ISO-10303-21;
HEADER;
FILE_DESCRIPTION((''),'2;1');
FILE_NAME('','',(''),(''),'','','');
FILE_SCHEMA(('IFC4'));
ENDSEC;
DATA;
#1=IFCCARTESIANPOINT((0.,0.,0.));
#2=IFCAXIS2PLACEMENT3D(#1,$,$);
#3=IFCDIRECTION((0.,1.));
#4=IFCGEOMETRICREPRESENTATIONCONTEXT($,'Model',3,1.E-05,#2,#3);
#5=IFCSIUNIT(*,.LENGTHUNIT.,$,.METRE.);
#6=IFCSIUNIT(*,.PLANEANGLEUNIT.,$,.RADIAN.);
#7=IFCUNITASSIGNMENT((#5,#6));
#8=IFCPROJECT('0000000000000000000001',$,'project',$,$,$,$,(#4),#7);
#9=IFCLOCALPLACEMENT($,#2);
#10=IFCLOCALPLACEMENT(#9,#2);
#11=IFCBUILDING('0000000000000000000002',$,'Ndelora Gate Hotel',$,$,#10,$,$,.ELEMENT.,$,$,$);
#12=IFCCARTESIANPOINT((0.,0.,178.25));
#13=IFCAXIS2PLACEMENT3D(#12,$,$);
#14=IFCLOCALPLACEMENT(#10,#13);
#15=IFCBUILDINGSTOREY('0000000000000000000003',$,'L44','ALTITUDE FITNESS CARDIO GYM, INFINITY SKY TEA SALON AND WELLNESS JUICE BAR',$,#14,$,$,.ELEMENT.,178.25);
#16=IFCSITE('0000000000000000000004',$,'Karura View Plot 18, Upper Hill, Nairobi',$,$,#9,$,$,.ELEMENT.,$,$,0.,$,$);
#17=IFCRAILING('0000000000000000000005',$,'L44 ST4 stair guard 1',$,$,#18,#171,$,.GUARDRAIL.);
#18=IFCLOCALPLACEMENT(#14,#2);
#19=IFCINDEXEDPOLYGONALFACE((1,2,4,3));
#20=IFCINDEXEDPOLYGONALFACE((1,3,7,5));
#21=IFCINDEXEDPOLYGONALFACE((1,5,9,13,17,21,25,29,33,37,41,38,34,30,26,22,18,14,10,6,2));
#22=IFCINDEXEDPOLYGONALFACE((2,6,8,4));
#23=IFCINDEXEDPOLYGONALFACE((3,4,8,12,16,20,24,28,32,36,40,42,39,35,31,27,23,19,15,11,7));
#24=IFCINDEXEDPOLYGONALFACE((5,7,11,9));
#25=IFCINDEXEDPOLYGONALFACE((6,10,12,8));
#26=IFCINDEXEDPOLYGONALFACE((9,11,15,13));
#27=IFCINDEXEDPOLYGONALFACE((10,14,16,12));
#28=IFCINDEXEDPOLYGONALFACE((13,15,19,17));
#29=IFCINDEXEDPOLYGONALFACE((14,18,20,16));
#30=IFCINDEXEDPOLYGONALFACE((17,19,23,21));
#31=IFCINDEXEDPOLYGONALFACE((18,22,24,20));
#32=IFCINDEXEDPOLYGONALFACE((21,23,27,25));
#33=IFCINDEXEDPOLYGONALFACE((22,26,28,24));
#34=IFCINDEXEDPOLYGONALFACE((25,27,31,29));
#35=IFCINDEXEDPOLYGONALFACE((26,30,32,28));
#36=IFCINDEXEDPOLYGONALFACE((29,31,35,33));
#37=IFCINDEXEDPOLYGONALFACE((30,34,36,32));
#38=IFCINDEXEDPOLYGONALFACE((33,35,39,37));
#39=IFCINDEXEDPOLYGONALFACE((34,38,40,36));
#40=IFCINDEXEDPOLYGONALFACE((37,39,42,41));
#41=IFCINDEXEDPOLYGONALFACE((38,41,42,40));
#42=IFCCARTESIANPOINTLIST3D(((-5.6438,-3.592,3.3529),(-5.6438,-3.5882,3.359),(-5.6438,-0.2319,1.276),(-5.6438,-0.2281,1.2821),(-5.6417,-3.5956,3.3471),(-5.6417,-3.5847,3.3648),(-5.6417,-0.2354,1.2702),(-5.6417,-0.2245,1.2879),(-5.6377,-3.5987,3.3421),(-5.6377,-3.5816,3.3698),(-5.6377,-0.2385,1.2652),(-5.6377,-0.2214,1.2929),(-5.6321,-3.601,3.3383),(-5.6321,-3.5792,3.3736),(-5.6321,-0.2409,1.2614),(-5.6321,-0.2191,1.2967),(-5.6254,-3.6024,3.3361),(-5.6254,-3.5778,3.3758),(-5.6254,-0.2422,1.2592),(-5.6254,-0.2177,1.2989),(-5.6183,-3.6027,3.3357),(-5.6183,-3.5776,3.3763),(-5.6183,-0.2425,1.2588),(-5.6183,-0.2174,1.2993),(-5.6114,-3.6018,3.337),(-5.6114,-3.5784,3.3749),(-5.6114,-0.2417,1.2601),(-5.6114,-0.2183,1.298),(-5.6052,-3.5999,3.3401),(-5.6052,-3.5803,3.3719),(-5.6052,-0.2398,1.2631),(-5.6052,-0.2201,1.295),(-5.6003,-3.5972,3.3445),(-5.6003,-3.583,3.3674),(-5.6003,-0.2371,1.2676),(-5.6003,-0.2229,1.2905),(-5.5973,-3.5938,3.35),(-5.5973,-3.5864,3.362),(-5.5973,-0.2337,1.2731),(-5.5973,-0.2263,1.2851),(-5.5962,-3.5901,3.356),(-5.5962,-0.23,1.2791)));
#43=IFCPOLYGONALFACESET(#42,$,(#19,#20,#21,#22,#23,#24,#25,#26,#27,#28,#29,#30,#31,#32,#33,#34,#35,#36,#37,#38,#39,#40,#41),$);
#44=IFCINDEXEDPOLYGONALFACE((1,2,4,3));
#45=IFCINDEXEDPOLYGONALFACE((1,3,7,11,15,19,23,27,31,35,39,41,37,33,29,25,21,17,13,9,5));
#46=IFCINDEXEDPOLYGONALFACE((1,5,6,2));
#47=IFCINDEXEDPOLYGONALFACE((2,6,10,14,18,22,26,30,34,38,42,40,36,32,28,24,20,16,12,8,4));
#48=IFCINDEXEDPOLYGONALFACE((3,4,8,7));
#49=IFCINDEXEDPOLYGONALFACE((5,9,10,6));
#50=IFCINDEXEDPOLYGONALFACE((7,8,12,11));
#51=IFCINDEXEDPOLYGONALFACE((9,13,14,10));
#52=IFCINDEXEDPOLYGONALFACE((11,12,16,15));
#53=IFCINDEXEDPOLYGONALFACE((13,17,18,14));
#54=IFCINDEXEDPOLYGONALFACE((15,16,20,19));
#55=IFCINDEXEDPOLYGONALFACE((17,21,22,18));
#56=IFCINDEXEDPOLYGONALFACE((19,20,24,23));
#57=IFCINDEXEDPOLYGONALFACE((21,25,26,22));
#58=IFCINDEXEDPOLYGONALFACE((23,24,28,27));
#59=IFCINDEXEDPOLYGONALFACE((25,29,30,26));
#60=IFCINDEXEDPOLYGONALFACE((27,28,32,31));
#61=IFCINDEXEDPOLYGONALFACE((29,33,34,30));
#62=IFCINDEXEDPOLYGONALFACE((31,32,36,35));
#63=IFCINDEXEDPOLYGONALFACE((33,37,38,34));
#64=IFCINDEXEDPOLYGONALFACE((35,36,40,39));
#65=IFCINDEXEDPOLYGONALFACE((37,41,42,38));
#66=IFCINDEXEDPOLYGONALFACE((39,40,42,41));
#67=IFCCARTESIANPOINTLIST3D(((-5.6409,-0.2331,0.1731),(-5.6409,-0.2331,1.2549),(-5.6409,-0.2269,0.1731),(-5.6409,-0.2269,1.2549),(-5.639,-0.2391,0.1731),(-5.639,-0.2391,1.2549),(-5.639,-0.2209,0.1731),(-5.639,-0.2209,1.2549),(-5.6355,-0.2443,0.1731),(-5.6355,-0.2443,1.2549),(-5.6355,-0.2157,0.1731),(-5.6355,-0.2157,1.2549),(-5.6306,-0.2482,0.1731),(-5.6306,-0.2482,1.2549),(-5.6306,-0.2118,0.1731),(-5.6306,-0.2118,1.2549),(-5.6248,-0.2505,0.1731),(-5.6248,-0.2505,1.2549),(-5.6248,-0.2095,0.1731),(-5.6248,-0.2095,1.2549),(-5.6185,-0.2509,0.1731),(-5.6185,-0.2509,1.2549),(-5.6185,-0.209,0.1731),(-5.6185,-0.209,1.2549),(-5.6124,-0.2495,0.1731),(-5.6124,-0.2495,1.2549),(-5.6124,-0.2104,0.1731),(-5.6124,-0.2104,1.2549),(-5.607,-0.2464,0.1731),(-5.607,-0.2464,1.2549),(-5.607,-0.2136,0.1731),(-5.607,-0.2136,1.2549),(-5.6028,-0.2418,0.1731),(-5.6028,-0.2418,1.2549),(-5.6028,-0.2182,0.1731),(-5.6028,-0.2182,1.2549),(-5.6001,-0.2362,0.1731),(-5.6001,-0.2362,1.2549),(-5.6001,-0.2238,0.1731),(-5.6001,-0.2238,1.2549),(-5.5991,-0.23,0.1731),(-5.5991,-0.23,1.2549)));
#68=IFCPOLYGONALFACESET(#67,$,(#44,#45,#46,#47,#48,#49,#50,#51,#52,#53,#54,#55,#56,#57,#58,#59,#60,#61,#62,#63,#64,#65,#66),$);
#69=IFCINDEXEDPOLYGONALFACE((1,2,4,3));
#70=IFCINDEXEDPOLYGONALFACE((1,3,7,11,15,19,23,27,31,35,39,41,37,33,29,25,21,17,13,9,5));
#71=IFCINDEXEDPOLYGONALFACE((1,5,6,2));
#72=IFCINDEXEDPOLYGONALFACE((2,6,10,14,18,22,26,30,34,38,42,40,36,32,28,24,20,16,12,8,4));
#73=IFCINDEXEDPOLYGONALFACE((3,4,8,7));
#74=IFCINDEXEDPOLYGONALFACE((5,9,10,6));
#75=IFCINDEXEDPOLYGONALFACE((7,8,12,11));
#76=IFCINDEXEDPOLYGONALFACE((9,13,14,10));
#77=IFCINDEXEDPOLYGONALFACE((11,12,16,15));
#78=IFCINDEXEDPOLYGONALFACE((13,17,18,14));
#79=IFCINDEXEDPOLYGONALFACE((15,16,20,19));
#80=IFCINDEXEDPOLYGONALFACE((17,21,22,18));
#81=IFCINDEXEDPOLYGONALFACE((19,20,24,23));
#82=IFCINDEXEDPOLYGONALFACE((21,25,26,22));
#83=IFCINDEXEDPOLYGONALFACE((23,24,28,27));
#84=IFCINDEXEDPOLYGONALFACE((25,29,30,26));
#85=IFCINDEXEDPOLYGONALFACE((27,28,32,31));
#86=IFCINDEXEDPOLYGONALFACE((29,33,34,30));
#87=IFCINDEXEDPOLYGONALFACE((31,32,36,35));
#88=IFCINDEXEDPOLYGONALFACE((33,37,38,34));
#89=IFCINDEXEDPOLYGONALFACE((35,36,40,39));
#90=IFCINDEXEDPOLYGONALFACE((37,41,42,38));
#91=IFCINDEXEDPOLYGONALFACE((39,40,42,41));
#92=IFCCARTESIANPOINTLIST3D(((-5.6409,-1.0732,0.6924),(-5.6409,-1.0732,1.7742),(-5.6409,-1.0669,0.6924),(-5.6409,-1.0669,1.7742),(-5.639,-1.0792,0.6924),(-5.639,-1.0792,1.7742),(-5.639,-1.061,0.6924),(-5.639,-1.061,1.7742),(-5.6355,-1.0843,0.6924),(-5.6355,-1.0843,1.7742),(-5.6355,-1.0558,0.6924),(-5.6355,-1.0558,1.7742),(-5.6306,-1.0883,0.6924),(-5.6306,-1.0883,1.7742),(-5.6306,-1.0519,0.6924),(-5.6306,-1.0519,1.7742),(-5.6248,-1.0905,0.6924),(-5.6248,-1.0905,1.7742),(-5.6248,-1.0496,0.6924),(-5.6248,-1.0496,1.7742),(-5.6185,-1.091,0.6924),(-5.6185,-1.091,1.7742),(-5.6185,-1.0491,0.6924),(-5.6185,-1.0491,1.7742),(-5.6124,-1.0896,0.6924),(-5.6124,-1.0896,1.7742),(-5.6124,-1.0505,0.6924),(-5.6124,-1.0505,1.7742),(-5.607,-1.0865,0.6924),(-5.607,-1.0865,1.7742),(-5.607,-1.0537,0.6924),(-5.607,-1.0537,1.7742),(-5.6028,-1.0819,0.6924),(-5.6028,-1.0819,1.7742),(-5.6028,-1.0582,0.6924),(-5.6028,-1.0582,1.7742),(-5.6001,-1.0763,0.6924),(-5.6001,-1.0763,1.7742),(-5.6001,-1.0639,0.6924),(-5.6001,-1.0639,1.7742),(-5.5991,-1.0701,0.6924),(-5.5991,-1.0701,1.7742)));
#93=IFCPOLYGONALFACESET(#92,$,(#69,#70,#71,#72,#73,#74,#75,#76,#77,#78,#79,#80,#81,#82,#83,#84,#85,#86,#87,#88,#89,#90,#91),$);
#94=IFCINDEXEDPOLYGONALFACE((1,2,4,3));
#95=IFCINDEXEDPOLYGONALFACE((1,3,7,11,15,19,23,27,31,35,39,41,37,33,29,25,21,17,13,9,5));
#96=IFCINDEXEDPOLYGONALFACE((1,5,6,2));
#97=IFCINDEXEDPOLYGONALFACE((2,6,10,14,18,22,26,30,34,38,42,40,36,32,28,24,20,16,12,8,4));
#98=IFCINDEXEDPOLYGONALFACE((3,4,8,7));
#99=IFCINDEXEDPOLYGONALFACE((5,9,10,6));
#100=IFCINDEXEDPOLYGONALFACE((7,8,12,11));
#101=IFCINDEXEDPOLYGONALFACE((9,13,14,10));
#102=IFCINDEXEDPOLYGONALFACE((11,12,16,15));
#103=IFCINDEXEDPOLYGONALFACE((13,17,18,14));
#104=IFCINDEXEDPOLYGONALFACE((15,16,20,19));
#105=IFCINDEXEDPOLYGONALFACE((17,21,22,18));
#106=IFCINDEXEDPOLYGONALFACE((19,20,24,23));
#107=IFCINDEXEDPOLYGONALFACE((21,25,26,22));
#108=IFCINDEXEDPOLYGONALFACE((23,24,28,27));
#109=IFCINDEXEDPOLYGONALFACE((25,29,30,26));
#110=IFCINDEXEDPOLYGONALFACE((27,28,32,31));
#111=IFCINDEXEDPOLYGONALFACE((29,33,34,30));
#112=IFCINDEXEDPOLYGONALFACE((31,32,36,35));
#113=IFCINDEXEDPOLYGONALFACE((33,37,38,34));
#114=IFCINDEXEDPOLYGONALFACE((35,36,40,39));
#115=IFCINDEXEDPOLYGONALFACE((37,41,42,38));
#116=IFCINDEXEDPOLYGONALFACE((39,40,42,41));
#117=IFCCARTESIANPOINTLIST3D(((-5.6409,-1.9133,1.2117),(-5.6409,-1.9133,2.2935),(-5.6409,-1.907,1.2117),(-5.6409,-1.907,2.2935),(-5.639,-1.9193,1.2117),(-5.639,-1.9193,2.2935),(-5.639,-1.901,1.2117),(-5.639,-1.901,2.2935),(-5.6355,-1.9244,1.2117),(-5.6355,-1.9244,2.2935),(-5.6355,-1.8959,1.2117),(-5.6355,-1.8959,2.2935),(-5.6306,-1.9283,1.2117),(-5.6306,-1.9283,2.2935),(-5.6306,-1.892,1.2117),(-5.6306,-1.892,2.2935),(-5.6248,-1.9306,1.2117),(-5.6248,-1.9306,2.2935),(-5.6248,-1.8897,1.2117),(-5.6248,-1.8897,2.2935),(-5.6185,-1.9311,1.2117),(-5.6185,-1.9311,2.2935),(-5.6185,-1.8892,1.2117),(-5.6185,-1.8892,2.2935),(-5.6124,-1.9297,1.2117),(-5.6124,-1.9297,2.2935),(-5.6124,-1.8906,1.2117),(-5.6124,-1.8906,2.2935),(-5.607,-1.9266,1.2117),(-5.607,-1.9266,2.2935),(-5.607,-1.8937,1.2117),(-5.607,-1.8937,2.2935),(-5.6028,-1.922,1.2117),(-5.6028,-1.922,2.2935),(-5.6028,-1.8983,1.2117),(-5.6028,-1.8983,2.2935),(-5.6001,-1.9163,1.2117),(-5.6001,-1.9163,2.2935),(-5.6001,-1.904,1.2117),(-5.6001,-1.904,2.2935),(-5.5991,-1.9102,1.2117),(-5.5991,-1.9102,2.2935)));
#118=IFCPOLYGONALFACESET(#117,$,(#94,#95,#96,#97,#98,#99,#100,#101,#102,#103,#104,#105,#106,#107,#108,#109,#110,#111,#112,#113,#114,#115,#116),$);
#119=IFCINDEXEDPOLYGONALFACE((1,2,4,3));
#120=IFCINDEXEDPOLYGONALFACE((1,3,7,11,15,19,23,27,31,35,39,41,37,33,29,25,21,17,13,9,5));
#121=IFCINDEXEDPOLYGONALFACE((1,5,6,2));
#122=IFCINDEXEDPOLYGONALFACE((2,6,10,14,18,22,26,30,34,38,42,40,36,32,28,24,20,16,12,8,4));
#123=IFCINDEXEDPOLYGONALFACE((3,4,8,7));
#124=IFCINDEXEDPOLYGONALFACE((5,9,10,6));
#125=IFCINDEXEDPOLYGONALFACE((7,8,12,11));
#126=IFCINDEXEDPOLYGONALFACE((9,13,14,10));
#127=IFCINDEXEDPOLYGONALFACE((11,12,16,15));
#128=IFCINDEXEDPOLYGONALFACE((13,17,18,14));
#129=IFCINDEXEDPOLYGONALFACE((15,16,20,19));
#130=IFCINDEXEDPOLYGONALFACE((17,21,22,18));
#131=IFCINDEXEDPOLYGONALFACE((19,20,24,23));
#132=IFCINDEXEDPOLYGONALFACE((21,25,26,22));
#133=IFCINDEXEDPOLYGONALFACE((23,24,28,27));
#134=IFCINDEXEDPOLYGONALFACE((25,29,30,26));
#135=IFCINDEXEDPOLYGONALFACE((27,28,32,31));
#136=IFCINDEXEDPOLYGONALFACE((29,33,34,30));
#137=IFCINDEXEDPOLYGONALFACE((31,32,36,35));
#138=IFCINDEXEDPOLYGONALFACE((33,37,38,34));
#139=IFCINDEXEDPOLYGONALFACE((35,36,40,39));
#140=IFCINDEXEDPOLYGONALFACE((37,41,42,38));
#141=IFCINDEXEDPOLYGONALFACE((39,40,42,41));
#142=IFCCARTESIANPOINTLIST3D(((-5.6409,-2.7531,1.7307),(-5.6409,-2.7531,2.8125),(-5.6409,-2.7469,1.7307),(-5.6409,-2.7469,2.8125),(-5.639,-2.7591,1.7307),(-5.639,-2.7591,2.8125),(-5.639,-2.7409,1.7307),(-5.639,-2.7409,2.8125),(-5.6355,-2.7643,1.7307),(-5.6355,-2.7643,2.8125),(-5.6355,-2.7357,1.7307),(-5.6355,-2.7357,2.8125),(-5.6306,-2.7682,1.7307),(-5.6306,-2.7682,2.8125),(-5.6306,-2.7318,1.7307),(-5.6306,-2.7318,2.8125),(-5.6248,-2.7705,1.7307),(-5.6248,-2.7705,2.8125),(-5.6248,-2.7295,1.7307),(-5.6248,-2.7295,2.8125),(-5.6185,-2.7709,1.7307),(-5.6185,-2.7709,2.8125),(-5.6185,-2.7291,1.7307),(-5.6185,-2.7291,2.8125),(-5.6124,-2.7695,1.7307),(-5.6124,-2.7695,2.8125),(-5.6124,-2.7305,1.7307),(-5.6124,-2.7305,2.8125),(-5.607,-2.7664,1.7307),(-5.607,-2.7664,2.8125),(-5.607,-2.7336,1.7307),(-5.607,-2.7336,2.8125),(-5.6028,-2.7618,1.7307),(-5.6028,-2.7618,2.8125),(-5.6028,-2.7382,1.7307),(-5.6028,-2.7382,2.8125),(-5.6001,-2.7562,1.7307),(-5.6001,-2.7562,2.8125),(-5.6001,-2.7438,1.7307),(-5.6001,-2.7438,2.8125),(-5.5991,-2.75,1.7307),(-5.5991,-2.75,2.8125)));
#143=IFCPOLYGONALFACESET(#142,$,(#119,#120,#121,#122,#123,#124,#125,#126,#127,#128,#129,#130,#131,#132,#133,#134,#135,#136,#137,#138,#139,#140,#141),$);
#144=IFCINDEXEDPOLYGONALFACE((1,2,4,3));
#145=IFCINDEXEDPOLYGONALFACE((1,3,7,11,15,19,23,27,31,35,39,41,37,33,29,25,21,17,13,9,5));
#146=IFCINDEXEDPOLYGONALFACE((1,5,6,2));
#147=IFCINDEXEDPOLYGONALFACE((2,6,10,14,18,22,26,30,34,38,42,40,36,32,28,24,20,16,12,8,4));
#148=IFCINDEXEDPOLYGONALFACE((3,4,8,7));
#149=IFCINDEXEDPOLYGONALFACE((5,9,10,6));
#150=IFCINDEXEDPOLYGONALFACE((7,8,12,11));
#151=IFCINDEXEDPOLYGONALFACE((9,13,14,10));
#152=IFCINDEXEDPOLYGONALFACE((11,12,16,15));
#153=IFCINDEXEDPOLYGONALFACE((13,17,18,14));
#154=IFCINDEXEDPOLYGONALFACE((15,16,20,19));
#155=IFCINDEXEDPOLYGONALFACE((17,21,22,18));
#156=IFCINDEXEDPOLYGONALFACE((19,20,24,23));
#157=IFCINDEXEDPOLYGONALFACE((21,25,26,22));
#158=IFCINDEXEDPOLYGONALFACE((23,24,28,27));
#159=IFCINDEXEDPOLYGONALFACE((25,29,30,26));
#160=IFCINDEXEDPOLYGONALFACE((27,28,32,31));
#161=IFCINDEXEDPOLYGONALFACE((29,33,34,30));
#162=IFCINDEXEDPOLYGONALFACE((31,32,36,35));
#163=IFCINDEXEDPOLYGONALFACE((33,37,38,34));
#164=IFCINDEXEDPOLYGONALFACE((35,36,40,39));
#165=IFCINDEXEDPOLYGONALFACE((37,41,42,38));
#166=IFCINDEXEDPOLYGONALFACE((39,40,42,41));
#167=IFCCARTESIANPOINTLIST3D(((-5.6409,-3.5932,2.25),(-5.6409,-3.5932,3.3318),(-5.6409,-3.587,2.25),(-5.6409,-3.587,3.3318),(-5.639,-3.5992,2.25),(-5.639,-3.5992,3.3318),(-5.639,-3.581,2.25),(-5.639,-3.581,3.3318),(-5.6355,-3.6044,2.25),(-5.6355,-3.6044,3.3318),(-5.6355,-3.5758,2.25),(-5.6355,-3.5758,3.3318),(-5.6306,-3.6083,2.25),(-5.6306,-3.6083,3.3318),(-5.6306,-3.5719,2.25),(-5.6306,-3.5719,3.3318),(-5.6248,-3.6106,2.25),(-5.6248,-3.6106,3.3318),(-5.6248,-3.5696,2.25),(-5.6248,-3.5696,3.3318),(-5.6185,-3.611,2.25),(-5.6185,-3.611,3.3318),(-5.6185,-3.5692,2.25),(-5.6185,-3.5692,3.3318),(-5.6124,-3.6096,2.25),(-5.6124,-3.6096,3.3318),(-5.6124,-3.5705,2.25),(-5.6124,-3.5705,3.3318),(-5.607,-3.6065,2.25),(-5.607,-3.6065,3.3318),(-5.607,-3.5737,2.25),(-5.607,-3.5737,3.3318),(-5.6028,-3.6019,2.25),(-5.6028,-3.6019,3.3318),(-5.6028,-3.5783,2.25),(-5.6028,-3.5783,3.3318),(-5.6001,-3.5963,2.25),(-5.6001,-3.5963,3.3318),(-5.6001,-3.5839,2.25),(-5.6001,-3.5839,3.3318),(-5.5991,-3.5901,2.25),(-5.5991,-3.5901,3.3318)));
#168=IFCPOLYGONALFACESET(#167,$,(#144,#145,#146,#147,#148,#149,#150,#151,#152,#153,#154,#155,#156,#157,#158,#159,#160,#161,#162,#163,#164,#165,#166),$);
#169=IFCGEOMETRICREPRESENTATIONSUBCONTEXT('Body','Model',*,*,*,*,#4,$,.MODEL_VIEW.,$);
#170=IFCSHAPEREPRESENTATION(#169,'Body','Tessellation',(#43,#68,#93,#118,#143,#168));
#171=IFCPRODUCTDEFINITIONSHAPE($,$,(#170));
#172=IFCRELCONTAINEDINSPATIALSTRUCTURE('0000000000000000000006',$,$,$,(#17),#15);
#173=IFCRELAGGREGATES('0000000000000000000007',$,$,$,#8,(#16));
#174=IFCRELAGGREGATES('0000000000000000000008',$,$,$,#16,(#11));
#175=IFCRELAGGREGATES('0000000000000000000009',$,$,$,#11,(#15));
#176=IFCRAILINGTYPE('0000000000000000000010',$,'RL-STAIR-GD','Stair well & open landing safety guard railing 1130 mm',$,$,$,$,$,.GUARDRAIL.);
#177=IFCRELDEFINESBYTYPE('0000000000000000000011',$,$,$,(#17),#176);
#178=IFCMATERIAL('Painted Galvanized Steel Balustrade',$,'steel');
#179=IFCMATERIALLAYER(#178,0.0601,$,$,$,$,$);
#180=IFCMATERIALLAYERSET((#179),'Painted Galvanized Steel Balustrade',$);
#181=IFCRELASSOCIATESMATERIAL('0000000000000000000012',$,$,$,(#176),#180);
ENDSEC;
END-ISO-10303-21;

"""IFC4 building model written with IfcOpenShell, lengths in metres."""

from ifc_helpers import new_model, si_unit, direction, frame, origin, origin_2d, place, context, subcontext, project, spatial, circle, extrude, material, layer, layer_set, type_object, element, save


model = new_model("IFC4")

# Units and contexts
model_context = context("Model", 3, precision=1e-05, world=origin(), true_north=direction((0.0, 1.0)))
body_context = subcontext(model_context, "Body", "Model", "MODEL_VIEW")
ifc_project = project(units=[si_unit("LENGTHUNIT", "METRE"), si_unit("PLANEANGLEUNIT", "RADIAN")], contexts=[model_context])

# Site, building, storey
site_placement = place(None, origin())
site = spatial("IfcSite", under=ifc_project, at=site_placement, Name="Karura View Plot 18, Upper Hill, Nairobi", CompositionType="ELEMENT", RefElevation=0.0)
building_placement = place(site_placement, origin())
building = spatial("IfcBuilding", under=site, at=building_placement, Name="Ndelora Gate Hotel", CompositionType="ELEMENT")
storey_placement = place(building_placement, frame((0.0, 0.0, 178.25)))
storey = spatial("IfcBuildingStorey", under=building, at=storey_placement, Name="L44", Description="ALTITUDE FITNESS CARDIO GYM, INFINITY SKY TEA SALON AND WELLNESS JUICE BAR", CompositionType="ELEMENT", Elevation=178.25)

# Railing
ifc_material_1 = material(Name="Painted Galvanized Steel Balustrade", Category="steel")
ifc_layer_1 = layer(ifc_material_1, 0.0601)
ifc_layer_set_1 = layer_set([ifc_layer_1], Name="Painted Galvanized Steel Balustrade")
railing_type_1 = type_object("IfcRailingType", Name="RL-STAIR-GD", Description="Stair well & open landing safety guard railing 1130 mm", PredefinedType="GUARDRAIL", material=ifc_layer_set_1)
railing_1_placement = place(storey_placement, frame((-5.6201, -0.23, 0.1731)))
element("IfcRailing", 1, at=railing_1_placement, inside=storey, type_object=railing_type_1, Name="L44 ST4 stair guard 1", PredefinedType="GUARDRAIL", context=body_context, shape_type="SweptSolid", body=[
    extrude(circle(Radius=0.0239, at=origin_2d()), frame((0.0, 0.0, 1.106), z_axis=(0.0, -0.850623, 0.525776), x_axis=(1.0, 0.0, 0.0)), (0.0, 0.0, 1.0), 3.9502),
    extrude(circle(Radius=0.021, at=origin_2d()), origin(), (0.0, 0.0, 1.0), 1.0818),
    extrude(circle(Radius=0.021, at=origin_2d()), frame((0.0, -0.8401, 0.5193)), (0.0, 0.0, 1.0), 1.0818),
    extrude(circle(Radius=0.021, at=origin_2d()), frame((0.0, -1.6802, 1.0386)), (0.0, 0.0, 1.0), 1.0818),
    extrude(circle(Radius=0.021, at=origin_2d()), frame((0.0, -2.52, 1.5576)), (0.0, 0.0, 1.0), 1.0818),
    extrude(circle(Radius=0.021, at=origin_2d()), frame((0.0, -3.3601, 2.0769)), (0.0, 0.0, 1.0), 1.0818),
])

save(model, "model.ifc")
